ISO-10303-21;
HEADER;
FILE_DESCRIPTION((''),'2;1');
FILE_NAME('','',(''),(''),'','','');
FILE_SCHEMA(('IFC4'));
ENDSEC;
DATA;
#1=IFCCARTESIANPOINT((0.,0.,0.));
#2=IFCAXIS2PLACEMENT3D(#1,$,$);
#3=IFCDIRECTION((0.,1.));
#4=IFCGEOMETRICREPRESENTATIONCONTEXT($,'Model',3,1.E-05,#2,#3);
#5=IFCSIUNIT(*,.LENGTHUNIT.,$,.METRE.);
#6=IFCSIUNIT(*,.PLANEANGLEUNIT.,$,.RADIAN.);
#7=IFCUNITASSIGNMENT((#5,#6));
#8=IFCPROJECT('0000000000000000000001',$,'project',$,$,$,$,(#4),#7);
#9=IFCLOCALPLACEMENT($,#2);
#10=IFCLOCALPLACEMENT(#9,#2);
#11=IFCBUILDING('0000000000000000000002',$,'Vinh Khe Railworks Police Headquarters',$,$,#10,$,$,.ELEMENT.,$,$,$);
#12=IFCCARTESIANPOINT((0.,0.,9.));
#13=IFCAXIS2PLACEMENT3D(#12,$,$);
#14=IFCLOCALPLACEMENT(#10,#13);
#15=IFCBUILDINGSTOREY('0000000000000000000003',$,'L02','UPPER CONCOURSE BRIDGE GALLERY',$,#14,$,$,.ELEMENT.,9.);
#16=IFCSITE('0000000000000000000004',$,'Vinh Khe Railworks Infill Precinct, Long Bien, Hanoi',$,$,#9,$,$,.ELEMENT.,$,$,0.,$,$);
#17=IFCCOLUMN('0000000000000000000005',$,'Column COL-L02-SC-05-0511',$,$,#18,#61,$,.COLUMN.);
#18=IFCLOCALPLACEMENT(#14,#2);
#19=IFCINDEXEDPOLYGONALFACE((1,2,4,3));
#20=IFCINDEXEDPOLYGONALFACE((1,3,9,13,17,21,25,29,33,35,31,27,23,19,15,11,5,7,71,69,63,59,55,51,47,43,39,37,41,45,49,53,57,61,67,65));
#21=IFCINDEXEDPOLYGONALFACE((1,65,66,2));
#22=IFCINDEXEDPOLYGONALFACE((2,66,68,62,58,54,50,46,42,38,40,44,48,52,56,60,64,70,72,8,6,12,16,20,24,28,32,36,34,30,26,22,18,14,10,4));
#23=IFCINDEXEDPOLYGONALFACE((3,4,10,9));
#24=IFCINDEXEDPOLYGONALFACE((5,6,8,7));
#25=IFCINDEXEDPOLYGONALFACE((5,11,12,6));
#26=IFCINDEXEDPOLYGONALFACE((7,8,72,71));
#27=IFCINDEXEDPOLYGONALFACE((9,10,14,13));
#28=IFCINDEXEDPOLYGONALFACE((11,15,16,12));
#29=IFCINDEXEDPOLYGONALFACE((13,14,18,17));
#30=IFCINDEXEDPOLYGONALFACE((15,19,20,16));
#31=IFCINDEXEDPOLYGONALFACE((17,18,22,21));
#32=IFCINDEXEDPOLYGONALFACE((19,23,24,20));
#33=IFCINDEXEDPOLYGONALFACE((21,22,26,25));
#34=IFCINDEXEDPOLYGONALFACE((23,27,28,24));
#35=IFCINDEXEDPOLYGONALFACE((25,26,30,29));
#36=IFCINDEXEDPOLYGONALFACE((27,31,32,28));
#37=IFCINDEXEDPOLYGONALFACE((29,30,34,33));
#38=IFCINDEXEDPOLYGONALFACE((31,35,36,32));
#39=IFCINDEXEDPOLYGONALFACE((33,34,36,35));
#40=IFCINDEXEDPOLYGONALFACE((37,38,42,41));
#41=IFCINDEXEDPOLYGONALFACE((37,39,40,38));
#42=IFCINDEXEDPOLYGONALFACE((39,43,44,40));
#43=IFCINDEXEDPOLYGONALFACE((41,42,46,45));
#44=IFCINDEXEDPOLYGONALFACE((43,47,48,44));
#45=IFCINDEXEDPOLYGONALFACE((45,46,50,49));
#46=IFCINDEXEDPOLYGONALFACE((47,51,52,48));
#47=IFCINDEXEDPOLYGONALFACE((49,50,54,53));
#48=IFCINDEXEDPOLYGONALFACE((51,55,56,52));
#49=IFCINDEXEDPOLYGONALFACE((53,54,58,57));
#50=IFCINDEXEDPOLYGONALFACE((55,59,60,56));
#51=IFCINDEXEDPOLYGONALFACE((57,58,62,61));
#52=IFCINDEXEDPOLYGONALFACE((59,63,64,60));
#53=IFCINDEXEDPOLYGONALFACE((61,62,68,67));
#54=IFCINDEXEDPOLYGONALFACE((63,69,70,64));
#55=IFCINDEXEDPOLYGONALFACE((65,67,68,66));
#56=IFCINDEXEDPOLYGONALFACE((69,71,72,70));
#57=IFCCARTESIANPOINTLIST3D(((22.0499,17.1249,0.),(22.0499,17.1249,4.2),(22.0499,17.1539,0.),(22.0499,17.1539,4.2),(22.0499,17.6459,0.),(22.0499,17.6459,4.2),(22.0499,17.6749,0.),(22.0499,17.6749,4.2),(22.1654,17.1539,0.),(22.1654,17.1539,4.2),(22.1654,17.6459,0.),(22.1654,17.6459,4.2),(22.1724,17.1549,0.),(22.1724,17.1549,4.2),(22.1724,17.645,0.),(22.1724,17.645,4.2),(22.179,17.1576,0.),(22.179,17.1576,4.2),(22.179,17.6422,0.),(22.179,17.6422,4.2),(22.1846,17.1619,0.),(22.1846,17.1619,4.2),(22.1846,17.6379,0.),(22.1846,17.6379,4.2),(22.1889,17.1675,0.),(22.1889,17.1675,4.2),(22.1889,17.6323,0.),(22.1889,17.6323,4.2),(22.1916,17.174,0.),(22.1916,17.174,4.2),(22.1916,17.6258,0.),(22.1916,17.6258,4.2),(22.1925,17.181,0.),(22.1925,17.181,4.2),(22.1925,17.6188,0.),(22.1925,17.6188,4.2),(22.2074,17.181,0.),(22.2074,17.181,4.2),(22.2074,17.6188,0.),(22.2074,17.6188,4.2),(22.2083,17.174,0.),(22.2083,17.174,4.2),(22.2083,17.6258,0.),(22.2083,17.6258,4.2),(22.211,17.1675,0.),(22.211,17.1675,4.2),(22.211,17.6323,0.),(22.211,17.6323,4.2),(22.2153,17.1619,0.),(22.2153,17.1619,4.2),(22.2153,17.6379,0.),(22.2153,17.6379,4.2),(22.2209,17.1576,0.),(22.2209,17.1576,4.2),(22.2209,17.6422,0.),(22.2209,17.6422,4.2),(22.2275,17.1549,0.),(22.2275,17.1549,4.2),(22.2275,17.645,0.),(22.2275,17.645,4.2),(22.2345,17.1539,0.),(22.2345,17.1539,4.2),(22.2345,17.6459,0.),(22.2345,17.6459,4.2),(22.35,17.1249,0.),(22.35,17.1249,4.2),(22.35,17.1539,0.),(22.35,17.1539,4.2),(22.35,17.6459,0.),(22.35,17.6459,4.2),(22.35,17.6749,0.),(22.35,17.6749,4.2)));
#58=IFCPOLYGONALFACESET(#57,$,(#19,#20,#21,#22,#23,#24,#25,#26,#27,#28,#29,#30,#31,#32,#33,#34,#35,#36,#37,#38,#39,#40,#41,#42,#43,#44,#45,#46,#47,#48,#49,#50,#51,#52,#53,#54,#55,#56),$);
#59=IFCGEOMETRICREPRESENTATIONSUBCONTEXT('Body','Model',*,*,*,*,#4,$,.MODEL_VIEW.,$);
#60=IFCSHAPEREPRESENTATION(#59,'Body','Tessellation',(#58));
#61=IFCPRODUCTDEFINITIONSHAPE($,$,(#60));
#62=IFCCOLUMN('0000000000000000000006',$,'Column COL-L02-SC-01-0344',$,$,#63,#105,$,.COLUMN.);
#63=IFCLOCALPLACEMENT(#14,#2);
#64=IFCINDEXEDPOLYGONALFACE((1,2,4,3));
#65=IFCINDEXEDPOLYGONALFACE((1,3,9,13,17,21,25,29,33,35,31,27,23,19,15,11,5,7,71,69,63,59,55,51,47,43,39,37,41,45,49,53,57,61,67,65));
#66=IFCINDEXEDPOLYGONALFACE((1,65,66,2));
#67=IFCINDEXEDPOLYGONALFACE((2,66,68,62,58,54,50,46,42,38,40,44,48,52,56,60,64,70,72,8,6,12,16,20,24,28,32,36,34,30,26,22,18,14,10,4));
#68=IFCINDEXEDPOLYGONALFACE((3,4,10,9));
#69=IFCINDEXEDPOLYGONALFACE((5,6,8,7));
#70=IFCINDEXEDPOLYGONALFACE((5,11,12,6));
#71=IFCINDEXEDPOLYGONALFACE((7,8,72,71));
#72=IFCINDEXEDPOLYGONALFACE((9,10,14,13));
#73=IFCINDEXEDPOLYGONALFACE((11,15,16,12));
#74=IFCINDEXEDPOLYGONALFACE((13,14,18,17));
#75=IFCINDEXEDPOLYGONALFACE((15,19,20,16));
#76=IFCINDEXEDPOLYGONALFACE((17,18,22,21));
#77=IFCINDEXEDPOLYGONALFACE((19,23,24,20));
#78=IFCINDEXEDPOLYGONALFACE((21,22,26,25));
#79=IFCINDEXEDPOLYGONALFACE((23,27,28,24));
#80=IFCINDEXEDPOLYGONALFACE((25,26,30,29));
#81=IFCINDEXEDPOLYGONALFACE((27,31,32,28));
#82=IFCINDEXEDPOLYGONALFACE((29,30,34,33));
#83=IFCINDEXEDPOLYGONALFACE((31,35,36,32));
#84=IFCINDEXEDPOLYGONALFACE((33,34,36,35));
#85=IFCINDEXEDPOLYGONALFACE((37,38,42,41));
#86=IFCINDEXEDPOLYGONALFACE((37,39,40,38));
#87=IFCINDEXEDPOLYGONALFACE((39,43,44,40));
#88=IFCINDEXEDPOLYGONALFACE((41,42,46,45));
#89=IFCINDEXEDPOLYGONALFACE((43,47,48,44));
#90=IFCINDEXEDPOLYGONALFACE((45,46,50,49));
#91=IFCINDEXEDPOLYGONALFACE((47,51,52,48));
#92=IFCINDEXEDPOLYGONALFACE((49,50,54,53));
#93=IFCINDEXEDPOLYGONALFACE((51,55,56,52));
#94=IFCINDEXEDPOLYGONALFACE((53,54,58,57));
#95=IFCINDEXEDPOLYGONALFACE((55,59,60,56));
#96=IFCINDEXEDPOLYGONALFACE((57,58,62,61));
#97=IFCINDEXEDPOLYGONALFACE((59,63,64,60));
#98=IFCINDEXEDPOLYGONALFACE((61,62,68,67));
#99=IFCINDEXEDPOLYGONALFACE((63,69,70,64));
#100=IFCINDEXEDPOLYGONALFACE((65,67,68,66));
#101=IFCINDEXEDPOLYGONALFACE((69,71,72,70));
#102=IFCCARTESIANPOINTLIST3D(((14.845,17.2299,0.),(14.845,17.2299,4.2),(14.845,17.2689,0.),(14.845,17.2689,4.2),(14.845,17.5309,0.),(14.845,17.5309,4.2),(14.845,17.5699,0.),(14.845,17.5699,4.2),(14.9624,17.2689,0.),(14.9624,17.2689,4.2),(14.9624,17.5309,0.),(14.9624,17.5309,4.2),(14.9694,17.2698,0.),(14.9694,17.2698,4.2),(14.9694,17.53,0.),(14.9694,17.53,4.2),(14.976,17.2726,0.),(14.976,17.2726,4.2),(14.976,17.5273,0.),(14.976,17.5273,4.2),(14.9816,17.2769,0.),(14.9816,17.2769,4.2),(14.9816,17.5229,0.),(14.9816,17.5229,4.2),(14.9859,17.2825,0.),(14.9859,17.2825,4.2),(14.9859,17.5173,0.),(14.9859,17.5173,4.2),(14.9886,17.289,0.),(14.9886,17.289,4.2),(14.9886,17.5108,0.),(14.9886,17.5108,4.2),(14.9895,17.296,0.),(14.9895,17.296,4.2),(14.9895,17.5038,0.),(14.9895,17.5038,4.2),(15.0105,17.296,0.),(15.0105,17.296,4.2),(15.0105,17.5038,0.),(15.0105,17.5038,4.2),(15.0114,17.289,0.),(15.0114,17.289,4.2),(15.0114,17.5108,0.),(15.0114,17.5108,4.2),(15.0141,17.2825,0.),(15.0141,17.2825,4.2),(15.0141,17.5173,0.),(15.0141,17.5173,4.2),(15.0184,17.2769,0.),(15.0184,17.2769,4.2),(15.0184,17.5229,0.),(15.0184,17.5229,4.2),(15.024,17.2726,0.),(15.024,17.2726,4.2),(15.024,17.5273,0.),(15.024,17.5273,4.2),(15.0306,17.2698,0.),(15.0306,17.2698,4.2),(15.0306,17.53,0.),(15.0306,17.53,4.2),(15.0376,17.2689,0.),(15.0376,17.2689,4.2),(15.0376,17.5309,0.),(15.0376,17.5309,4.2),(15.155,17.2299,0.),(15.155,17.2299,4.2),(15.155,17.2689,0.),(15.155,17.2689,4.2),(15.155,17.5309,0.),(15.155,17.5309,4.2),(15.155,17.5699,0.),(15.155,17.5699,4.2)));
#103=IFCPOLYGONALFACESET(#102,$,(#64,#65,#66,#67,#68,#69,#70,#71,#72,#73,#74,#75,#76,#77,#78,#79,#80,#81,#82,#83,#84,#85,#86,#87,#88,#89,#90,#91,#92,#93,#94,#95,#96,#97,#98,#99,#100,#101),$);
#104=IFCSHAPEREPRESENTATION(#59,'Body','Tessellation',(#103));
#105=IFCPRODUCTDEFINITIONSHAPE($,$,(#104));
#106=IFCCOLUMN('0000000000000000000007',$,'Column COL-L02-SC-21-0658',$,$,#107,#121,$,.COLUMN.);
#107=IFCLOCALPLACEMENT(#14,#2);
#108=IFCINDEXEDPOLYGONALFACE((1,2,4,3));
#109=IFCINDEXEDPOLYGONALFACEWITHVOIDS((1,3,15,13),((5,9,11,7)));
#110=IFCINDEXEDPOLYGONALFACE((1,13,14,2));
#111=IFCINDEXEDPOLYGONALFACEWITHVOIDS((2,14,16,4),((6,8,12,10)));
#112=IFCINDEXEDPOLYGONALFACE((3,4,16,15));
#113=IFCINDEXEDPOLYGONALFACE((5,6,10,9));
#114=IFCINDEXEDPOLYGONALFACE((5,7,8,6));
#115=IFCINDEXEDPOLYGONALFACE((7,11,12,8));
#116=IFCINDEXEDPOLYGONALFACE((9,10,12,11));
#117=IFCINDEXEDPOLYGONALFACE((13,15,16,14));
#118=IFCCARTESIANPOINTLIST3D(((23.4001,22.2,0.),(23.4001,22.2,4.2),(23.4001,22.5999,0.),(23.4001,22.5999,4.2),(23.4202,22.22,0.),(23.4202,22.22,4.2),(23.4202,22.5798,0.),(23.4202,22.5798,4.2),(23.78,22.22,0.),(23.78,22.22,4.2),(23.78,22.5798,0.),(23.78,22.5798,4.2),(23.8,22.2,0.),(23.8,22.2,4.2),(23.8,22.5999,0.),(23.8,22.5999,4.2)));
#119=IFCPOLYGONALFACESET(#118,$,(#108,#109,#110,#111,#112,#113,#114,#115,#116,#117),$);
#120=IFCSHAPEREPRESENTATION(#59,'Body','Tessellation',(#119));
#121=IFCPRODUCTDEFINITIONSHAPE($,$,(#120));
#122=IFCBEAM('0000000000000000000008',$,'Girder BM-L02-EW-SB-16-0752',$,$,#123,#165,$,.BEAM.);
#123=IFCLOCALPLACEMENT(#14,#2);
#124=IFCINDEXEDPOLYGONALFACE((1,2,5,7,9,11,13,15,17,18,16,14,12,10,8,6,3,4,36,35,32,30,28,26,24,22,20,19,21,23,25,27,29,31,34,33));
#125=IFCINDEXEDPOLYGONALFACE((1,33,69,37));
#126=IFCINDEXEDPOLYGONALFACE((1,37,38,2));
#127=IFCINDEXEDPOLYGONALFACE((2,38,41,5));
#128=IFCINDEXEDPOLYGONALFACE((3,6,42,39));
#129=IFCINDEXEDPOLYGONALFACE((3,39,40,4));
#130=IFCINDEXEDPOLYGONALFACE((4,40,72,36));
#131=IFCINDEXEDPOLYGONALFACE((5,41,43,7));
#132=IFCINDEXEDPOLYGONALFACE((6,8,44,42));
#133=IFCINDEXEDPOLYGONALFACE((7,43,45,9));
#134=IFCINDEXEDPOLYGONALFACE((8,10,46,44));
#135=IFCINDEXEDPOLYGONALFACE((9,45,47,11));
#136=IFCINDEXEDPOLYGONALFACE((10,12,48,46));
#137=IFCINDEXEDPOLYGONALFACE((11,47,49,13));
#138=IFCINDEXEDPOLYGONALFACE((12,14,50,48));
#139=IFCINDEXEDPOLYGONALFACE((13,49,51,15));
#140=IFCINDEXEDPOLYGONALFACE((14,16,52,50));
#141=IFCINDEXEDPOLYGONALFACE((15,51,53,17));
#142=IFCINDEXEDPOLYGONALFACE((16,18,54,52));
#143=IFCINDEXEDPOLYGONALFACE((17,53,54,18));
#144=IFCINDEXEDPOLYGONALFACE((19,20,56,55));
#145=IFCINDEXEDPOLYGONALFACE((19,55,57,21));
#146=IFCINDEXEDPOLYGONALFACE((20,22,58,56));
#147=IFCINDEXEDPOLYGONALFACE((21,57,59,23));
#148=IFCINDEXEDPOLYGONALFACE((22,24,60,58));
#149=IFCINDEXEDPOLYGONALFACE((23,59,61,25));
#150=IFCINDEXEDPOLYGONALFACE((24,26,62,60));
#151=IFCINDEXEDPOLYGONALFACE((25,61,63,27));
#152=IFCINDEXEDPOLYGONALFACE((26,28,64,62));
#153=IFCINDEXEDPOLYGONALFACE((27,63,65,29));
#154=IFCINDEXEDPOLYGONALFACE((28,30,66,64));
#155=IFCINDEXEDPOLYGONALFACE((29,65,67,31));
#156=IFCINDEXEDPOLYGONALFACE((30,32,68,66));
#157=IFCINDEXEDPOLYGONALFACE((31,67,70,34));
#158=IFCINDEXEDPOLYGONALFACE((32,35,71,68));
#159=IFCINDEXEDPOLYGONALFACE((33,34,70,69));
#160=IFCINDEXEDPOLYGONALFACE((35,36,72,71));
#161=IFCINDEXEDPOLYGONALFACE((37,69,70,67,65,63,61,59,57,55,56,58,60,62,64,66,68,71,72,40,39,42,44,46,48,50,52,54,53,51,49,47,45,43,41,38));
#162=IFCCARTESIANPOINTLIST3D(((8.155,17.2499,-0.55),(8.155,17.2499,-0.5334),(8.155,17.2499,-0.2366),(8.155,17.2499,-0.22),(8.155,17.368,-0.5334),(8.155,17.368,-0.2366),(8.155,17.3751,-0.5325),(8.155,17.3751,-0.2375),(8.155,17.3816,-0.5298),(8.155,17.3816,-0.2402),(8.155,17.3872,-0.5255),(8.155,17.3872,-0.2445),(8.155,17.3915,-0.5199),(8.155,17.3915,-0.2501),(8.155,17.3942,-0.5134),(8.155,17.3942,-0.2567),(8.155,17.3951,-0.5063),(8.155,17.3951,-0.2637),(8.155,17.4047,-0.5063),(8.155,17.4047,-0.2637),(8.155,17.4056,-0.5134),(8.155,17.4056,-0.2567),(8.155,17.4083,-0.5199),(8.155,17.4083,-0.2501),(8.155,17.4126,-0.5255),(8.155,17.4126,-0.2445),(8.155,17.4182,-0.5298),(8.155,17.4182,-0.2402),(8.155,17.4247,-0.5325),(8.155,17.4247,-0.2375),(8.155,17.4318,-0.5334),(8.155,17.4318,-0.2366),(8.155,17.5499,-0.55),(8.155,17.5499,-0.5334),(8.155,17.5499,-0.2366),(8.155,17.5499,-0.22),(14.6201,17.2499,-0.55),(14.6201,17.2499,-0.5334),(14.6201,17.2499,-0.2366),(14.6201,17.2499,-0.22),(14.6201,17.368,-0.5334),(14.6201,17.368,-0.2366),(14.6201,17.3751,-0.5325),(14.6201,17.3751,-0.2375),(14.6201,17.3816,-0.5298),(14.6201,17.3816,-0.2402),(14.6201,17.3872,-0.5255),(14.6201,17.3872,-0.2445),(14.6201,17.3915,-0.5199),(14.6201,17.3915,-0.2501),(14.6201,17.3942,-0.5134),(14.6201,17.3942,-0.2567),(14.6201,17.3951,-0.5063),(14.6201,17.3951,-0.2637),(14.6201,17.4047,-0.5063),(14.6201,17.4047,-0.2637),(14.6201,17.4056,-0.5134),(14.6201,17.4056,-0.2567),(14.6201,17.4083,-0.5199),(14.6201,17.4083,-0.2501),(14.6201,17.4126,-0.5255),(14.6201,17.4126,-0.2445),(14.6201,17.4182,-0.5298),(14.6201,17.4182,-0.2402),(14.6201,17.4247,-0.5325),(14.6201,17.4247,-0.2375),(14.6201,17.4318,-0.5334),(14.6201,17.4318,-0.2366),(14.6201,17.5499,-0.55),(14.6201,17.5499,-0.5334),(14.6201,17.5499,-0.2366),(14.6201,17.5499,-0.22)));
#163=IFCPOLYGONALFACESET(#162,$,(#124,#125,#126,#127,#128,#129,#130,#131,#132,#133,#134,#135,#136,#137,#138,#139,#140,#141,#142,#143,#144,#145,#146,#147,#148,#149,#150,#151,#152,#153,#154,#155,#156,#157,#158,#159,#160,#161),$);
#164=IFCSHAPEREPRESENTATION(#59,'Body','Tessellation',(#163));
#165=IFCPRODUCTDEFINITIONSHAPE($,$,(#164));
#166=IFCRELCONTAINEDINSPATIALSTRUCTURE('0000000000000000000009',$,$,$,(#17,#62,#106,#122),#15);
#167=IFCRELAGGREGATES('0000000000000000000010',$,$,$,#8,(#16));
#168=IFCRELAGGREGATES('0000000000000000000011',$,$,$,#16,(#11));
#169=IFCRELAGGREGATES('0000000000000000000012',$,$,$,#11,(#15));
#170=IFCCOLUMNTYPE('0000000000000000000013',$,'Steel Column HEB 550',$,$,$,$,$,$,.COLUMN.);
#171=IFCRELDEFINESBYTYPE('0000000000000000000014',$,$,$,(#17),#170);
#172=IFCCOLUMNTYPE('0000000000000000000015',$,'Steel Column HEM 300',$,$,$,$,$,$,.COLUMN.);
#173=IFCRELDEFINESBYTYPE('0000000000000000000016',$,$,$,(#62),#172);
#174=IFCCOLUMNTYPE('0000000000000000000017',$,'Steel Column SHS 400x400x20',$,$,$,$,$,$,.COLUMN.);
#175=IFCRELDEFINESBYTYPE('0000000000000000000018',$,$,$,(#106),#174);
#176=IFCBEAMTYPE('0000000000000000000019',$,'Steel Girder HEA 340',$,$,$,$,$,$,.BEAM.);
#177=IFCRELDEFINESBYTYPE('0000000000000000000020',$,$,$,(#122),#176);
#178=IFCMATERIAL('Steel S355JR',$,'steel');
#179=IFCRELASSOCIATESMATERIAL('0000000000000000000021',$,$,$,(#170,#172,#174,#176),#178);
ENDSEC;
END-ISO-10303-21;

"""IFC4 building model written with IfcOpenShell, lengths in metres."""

from ifc_helpers import new_model, si_unit, direction, frame, origin, origin_2d, place, context, subcontext, project, spatial, hollow_rectangle, i_section, extrude, material, material_profile, profile_set, type_object, element, save


model = new_model("IFC4")

# Units and contexts
model_context = context("Model", 3, precision=1e-05, world=origin(), true_north=direction((0.0, 1.0)))
body_context = subcontext(model_context, "Body", "Model", "MODEL_VIEW")
ifc_project = project(units=[si_unit("LENGTHUNIT", "METRE"), si_unit("PLANEANGLEUNIT", "RADIAN")], contexts=[model_context])

# Site, building, storey
site_placement = place(None, origin())
site = spatial("IfcSite", under=ifc_project, at=site_placement, Name="Vinh Khe Railworks Infill Precinct, Long Bien, Hanoi", CompositionType="ELEMENT", RefElevation=0.0)
building_placement = place(site_placement, origin())
building = spatial("IfcBuilding", under=site, at=building_placement, Name="Vinh Khe Railworks Police Headquarters", CompositionType="ELEMENT")
storey_placement = place(building_placement, frame((0.0, 0.0, 9.0)))
storey = spatial("IfcBuildingStorey", under=building, at=storey_placement, Name="L02", Description="UPPER CONCOURSE BRIDGE GALLERY", CompositionType="ELEMENT", Elevation=9.0)

# Columns
ifc_material_1 = material(Name="Steel S355JR", Category="steel")
ifc_material_profile_1 = material_profile(ifc_material_1, i_section(OverallWidth=0.3, OverallDepth=0.55, WebThickness=0.0149, FlangeThickness=0.0291, FilletRadius=0.0271, at=origin_2d()), Name="HEB 550")
ifc_profile_set_1 = profile_set([ifc_material_profile_1], Name="Steel S355JR")
column_type_1 = type_object("IfcColumnType", Name="Steel Column HEB 550", PredefinedType="COLUMN", material=ifc_profile_set_1)
column_1_placement = place(storey_placement, frame((22.2, 17.3999, 0.0), z_axis=(0.0, 0.0, 1.0), x_axis=(1.0, 0.0, 0.0)))
element("IfcColumn", 1, at=column_1_placement, inside=storey, type_object=column_type_1, Name="Column COL-L02-SC-05-0511", PredefinedType="COLUMN", context=body_context, shape_type="SweptSolid", body=[
    extrude(i_section(OverallWidth=0.3, OverallDepth=0.55, WebThickness=0.0149, FlangeThickness=0.0291, FilletRadius=0.0271, at=origin_2d()), origin(), (0.0, 0.0, 1.0), 4.2),
])
ifc_material_profile_2 = material_profile(ifc_material_1, i_section(OverallWidth=0.3101, OverallDepth=0.3401, WebThickness=0.021, FlangeThickness=0.0391, FilletRadius=0.0271, at=origin_2d()), Name="HEM 300")
ifc_profile_set_2 = profile_set([ifc_material_profile_2], Name="Steel S355JR")
column_type_2 = type_object("IfcColumnType", Name="Steel Column HEM 300", PredefinedType="COLUMN", material=ifc_profile_set_2)
column_2_placement = place(storey_placement, frame((15.0, 17.3999, 0.0), z_axis=(0.0, 0.0, 1.0), x_axis=(1.0, 0.0, 0.0)))
element("IfcColumn", 2, at=column_2_placement, inside=storey, type_object=column_type_2, Name="Column COL-L02-SC-01-0344", PredefinedType="COLUMN", context=body_context, shape_type="SweptSolid", body=[
    extrude(i_section(OverallWidth=0.3101, OverallDepth=0.3401, WebThickness=0.021, FlangeThickness=0.0391, FilletRadius=0.0271, at=origin_2d()), origin(), (0.0, 0.0, 1.0), 4.2),
])
ifc_material_profile_3 = material_profile(ifc_material_1, hollow_rectangle(XDim=0.3999, YDim=0.3999, WallThickness=0.02, at=origin_2d()), Name="SHS 400x400x20")
ifc_profile_set_3 = profile_set([ifc_material_profile_3], Name="Steel S355JR")
column_type_3 = type_object("IfcColumnType", Name="Steel Column SHS 400x400x20", PredefinedType="COLUMN", material=ifc_profile_set_3)
column_3_placement = place(storey_placement, frame((23.6001, 22.3999, 0.0), z_axis=(0.0, 0.0, 1.0), x_axis=(1.0, 0.0, 0.0)))
element("IfcColumn", 3, at=column_3_placement, inside=storey, type_object=column_type_3, Name="Column COL-L02-SC-21-0658", PredefinedType="COLUMN", context=body_context, shape_type="SweptSolid", body=[
    extrude(hollow_rectangle(XDim=0.3999, YDim=0.3999, WallThickness=0.02, at=origin_2d()), origin(), (0.0, 0.0, 1.0), 4.2),
])

# Beam
ifc_material_profile_4 = material_profile(ifc_material_1, i_section(OverallWidth=0.3, OverallDepth=0.3301, WebThickness=0.0095, FlangeThickness=0.0166, FilletRadius=0.0271, at=origin_2d()), Name="HEA 340")
ifc_profile_set_4 = profile_set([ifc_material_profile_4], Name="Steel S355JR")
beam_type_1 = type_object("IfcBeamType", Name="Steel Girder HEA 340", PredefinedType="BEAM", material=ifc_profile_set_4)
beam_1_placement = place(storey_placement, frame((8.155, 17.3999, -0.385), z_axis=(1.0, 0.0, 0.0), x_axis=(0.0, 1.0, 0.0)))
element("IfcBeam", 4, at=beam_1_placement, inside=storey, type_object=beam_type_1, Name="Girder BM-L02-EW-SB-16-0752", PredefinedType="BEAM", context=body_context, shape_type="SweptSolid", body=[
    extrude(i_section(OverallWidth=0.3, OverallDepth=0.3301, WebThickness=0.0095, FlangeThickness=0.0166, FilletRadius=0.0271, at=origin_2d()), origin(), (0.0, 0.0, 1.0), 6.4651),
])

save(model, "model.ifc")
